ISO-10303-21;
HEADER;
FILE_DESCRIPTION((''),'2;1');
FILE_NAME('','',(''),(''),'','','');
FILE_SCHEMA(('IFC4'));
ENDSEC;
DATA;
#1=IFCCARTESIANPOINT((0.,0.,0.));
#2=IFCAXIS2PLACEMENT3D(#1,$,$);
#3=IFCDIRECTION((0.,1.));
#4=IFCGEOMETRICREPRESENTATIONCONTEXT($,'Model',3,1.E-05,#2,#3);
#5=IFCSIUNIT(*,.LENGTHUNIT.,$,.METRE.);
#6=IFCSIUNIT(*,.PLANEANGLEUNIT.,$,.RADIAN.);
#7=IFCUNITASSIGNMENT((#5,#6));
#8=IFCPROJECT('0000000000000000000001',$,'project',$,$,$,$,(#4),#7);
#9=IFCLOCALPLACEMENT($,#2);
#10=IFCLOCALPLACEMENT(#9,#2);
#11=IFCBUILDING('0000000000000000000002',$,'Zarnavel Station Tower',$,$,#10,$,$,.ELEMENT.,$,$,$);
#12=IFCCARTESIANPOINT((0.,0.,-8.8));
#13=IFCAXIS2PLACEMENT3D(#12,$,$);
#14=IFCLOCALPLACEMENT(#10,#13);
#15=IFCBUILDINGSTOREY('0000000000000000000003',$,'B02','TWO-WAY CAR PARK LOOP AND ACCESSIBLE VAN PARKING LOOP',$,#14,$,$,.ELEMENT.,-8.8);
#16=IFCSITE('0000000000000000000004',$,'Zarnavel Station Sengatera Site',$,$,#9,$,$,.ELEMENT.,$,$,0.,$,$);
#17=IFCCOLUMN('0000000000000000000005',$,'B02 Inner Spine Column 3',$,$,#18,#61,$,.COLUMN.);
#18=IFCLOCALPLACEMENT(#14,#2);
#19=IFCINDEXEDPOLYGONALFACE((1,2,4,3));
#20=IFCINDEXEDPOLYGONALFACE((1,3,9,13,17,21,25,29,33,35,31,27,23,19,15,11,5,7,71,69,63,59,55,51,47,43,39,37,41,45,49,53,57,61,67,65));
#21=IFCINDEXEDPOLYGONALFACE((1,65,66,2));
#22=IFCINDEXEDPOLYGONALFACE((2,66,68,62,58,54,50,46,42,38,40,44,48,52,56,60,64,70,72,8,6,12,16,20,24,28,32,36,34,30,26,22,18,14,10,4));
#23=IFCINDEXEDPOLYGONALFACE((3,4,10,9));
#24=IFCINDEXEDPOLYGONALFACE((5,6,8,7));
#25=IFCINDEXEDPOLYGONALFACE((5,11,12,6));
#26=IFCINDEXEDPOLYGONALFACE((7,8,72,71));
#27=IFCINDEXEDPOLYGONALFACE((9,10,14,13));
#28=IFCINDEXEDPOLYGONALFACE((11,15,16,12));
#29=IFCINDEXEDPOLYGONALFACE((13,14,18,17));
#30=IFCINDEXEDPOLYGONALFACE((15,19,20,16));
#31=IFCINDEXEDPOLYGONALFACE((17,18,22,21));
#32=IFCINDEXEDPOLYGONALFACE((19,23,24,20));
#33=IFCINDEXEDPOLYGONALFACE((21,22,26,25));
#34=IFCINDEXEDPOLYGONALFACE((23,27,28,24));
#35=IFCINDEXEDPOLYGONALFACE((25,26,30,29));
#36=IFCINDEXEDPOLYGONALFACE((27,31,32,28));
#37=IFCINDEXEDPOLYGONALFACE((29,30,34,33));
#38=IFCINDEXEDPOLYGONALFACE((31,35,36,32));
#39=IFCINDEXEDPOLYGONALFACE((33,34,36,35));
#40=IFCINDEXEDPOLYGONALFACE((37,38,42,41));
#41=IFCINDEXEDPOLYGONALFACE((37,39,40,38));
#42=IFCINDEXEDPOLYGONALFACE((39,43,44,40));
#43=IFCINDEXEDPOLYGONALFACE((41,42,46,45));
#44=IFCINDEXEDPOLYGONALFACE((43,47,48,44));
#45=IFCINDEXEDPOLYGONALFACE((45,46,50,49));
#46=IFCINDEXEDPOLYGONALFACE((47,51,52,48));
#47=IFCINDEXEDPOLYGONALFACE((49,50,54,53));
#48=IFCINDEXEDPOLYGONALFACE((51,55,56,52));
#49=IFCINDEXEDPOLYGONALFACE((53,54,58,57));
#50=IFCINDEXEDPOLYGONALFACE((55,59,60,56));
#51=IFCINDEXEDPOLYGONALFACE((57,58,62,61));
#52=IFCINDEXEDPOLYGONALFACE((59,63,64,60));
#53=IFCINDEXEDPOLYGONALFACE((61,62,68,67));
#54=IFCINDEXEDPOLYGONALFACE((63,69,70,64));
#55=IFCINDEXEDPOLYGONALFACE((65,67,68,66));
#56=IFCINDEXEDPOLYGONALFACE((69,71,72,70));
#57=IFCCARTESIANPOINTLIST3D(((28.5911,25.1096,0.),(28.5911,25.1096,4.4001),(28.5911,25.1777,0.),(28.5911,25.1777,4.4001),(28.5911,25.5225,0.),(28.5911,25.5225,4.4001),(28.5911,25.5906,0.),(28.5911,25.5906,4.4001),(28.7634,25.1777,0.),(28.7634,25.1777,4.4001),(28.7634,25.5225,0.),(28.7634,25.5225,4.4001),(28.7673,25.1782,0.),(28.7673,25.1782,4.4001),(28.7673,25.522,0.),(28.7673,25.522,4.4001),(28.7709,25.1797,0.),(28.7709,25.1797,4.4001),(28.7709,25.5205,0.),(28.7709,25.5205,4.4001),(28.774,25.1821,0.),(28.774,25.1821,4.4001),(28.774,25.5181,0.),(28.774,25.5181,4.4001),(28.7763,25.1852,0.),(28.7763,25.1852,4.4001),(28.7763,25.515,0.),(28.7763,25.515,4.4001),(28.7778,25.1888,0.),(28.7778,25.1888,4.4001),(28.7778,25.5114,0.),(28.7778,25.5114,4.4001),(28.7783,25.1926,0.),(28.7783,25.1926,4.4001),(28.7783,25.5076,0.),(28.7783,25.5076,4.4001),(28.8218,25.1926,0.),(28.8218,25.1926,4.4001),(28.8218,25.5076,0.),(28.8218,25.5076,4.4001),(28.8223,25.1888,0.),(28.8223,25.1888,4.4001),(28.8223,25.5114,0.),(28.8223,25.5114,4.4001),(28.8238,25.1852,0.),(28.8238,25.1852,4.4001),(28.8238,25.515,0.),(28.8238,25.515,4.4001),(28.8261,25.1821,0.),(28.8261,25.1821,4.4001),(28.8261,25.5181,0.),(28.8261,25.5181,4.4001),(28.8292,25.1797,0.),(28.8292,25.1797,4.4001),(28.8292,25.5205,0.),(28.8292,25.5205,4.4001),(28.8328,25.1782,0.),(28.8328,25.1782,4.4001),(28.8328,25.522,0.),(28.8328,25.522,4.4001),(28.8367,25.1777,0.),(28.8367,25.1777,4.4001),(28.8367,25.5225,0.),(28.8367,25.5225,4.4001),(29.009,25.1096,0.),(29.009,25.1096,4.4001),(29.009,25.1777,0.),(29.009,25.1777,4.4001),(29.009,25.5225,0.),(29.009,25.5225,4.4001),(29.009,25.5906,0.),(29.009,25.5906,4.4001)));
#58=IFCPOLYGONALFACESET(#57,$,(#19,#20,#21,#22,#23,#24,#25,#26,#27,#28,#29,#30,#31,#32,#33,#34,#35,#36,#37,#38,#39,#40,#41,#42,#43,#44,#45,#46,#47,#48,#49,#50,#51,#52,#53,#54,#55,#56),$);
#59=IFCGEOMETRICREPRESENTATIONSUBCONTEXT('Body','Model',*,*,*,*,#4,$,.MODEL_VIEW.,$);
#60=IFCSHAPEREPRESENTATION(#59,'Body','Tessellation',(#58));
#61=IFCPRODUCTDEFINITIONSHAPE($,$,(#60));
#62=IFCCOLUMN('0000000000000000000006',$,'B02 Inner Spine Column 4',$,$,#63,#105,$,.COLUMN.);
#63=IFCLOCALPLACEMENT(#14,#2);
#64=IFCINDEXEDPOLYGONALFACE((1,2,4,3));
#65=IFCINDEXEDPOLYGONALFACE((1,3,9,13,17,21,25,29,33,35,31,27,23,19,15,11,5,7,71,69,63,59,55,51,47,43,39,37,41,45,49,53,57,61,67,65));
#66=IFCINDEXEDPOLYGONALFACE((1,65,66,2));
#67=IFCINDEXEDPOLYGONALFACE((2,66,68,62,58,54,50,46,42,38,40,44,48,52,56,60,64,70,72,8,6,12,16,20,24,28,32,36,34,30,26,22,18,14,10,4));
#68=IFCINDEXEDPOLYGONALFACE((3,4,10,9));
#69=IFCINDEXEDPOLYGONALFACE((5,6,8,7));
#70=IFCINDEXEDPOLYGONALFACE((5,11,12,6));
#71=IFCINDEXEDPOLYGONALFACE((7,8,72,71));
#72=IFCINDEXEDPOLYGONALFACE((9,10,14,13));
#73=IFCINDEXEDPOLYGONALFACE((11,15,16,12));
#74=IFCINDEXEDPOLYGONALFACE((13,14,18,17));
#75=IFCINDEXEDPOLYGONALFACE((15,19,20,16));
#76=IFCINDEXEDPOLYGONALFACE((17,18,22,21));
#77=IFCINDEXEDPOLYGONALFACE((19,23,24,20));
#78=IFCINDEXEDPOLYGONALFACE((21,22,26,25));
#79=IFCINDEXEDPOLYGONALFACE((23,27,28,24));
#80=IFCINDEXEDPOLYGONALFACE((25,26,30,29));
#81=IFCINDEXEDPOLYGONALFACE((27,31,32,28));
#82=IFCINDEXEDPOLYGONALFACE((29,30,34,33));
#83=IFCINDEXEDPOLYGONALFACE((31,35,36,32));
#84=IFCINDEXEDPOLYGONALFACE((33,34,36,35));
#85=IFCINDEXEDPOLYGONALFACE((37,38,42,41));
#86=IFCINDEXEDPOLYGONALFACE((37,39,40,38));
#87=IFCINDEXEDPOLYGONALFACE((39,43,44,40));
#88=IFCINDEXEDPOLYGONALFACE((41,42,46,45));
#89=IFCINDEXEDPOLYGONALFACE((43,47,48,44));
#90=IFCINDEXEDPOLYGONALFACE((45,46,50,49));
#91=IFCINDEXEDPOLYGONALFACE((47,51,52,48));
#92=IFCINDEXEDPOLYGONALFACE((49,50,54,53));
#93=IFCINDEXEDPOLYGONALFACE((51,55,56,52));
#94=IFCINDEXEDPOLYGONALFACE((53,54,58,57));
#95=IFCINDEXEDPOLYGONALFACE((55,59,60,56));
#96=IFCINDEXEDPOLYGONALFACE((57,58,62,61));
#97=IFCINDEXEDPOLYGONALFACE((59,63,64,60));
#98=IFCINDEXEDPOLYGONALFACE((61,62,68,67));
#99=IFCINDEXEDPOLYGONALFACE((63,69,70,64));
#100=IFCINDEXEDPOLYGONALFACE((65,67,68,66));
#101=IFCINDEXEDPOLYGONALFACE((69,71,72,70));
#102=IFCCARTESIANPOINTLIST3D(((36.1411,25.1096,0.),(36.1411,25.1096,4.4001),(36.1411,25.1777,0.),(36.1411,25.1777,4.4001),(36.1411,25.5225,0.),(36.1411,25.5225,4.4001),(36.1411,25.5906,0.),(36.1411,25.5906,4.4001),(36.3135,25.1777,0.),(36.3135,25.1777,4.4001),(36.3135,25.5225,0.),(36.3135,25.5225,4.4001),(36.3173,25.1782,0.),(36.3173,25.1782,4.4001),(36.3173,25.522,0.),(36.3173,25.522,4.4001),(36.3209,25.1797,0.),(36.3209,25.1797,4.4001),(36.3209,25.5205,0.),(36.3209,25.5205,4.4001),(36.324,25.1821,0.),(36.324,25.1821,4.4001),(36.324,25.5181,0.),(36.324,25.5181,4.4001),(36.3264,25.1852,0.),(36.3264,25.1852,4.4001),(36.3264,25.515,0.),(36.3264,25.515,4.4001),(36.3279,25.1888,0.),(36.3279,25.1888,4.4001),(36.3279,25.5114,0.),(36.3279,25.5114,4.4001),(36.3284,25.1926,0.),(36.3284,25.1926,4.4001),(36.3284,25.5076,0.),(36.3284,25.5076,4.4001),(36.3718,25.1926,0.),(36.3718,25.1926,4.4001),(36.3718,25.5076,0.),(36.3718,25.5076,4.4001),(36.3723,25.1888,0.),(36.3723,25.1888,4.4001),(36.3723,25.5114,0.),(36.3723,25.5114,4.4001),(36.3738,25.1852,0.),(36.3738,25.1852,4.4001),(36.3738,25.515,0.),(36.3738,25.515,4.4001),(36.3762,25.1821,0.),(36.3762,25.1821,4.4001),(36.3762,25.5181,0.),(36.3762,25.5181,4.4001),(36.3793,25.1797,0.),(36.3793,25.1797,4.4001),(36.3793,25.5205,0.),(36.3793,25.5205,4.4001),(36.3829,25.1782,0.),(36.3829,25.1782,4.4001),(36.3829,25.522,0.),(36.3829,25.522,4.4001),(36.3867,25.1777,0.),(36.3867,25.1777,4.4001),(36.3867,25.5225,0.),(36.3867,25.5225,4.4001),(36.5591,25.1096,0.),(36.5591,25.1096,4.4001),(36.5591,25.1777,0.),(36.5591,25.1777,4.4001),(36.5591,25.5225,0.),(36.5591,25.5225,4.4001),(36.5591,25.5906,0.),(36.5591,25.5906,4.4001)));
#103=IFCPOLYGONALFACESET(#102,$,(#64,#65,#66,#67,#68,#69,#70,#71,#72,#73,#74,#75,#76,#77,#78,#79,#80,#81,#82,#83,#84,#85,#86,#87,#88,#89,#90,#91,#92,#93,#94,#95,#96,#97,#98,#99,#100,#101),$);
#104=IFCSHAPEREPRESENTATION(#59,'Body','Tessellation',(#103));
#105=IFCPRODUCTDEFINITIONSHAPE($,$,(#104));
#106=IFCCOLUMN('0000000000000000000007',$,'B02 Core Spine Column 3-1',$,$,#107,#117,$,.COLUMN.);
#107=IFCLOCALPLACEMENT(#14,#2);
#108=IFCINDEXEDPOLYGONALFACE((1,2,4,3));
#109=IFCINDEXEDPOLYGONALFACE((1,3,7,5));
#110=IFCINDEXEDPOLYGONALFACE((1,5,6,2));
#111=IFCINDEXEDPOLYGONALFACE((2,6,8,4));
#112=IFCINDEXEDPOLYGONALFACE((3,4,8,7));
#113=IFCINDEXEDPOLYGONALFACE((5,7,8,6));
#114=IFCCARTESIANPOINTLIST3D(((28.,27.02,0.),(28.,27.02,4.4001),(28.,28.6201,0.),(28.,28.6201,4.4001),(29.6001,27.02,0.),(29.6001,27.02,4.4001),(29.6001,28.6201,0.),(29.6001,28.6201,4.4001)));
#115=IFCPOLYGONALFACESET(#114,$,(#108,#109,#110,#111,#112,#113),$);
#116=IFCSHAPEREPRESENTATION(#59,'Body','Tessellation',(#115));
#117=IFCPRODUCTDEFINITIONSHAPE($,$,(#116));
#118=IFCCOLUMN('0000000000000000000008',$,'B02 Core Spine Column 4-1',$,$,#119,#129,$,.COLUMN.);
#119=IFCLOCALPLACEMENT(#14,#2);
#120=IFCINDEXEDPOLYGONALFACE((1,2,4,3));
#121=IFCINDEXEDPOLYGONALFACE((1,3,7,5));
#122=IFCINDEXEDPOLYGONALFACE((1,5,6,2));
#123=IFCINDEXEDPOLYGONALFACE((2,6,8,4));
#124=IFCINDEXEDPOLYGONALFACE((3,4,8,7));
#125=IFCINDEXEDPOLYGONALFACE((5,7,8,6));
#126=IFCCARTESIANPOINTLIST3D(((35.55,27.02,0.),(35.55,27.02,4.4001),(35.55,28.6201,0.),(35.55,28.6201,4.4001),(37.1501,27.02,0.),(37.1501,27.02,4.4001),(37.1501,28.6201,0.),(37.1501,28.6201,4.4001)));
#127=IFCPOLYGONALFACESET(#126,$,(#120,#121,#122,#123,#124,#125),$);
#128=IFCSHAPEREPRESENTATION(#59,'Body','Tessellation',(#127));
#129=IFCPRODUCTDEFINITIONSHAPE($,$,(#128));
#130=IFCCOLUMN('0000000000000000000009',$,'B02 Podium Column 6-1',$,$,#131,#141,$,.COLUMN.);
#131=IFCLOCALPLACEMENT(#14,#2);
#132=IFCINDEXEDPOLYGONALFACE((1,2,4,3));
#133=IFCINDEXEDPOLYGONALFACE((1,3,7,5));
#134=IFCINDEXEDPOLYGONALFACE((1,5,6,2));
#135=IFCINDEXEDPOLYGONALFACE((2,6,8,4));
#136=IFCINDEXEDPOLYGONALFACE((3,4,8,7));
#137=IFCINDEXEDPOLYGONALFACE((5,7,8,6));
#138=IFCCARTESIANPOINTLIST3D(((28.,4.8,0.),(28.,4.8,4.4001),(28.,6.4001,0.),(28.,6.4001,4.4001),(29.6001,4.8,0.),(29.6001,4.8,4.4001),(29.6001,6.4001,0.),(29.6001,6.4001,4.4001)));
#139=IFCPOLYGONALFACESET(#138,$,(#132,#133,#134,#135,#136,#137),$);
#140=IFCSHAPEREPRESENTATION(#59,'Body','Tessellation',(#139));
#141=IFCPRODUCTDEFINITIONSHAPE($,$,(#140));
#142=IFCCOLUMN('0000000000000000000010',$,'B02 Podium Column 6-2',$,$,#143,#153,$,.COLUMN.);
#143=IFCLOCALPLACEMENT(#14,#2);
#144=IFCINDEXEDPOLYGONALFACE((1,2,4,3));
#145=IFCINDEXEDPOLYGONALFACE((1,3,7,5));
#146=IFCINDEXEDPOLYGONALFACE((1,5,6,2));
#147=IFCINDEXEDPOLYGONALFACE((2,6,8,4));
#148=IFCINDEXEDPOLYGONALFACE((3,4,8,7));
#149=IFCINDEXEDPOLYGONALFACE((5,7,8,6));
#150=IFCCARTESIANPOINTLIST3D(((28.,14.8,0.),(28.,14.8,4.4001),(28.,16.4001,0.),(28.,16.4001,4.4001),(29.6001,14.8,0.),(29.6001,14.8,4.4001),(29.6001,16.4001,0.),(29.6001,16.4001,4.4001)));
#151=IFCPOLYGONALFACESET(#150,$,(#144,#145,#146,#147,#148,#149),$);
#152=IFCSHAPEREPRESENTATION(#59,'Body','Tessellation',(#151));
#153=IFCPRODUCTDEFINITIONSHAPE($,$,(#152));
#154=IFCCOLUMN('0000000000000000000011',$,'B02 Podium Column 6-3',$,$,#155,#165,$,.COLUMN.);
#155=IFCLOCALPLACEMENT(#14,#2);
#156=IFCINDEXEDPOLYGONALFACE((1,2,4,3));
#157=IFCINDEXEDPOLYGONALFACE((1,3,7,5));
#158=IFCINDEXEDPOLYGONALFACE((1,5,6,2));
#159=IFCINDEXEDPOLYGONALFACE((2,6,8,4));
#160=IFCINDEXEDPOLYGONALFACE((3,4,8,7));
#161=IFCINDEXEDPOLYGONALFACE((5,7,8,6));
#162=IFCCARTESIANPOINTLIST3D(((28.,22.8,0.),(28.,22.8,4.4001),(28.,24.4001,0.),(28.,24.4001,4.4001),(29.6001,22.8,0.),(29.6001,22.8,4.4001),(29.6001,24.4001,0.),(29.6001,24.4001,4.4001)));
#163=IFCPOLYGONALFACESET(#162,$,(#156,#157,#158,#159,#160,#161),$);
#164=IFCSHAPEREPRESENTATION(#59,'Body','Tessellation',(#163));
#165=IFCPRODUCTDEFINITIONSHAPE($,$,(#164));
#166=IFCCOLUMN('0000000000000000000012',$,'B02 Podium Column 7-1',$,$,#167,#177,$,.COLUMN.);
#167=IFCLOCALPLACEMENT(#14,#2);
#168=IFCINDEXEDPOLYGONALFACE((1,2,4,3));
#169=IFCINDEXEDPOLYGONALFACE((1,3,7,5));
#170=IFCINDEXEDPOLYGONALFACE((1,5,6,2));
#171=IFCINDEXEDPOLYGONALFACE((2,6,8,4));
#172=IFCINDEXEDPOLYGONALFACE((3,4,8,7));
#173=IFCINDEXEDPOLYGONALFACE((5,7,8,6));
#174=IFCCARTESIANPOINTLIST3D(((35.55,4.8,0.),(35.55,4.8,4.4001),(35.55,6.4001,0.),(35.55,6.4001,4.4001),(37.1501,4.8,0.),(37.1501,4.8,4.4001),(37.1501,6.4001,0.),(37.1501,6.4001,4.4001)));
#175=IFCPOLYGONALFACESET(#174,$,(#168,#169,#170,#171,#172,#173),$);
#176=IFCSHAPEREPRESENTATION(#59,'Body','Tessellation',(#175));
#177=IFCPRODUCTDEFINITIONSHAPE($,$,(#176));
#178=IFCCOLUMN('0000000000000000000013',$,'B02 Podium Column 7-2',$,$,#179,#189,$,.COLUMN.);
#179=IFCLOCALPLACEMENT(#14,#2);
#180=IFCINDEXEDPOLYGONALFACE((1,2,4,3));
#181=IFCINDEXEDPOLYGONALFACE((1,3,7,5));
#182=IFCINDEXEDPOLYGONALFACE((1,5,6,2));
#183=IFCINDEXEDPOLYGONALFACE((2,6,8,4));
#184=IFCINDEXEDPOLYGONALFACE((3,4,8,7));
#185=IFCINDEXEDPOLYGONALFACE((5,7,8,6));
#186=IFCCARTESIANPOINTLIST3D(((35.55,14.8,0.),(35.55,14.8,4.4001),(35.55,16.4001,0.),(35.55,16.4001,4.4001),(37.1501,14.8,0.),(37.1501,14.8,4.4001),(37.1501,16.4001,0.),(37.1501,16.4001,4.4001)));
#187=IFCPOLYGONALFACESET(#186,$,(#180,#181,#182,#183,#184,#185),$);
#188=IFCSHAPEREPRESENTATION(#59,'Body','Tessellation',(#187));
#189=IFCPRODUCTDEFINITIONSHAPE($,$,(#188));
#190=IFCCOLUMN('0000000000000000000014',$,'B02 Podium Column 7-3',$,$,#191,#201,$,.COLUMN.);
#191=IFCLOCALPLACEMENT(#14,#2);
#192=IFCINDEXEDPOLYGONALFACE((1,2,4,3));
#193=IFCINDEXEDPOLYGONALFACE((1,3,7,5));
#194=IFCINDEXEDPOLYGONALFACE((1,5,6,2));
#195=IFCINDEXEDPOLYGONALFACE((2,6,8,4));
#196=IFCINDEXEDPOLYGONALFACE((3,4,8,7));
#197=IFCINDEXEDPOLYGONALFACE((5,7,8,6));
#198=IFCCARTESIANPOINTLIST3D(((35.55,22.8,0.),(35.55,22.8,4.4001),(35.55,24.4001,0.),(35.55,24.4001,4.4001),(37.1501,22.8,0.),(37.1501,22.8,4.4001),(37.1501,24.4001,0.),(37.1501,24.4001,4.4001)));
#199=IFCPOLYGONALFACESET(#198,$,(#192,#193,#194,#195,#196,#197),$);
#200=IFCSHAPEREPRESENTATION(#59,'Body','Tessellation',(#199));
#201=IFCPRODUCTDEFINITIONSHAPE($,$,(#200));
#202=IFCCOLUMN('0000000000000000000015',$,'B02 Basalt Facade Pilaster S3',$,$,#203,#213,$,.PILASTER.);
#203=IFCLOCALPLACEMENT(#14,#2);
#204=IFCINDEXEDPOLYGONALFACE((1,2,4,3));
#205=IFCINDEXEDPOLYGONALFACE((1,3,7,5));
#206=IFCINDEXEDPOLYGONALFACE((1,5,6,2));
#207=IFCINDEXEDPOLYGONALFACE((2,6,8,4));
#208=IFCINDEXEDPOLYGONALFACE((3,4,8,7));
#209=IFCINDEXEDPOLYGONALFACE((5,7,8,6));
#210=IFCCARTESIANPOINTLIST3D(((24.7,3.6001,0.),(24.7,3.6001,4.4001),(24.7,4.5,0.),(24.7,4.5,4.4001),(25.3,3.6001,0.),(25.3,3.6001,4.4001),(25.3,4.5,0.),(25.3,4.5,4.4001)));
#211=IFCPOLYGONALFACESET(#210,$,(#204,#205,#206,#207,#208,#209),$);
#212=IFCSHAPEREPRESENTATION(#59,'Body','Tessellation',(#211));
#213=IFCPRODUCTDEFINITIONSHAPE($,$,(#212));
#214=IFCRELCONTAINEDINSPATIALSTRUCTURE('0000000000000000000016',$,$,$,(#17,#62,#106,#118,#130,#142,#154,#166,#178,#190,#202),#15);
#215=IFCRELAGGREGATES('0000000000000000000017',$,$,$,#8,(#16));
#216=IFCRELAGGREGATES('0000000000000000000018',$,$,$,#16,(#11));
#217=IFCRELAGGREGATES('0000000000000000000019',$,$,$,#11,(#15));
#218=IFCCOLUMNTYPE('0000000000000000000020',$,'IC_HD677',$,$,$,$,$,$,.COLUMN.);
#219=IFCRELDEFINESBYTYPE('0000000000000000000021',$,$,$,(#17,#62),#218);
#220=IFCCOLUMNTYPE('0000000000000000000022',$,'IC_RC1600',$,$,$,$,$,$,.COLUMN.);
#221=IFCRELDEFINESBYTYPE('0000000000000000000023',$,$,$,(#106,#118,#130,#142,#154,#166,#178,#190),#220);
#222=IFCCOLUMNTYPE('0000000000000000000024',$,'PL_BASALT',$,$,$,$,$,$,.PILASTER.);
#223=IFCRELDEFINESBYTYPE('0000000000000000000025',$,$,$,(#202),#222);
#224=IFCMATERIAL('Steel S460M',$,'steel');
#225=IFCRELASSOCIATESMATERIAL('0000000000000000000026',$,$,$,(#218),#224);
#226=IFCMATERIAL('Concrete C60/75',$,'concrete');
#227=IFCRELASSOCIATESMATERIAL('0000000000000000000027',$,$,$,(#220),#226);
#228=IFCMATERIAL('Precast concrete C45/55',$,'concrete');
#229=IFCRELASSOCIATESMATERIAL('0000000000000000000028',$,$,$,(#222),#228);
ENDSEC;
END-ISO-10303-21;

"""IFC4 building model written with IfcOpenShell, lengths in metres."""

from ifc_helpers import new_model, si_unit, direction, frame, origin, origin_2d, place, context, subcontext, project, spatial, rectangle, i_section, extrude, material, material_profile, profile_set, type_object, element, save


model = new_model("IFC4")

# Units and contexts
model_context = context("Model", 3, precision=1e-05, world=origin(), true_north=direction((0.0, 1.0)))
body_context = subcontext(model_context, "Body", "Model", "MODEL_VIEW")
ifc_project = project(units=[si_unit("LENGTHUNIT", "METRE"), si_unit("PLANEANGLEUNIT", "RADIAN")], contexts=[model_context])

# Site, building, storey
site_placement = place(None, origin())
site = spatial("IfcSite", under=ifc_project, at=site_placement, Name="Zarnavel Station Sengatera Site", CompositionType="ELEMENT", RefElevation=0.0)
building_placement = place(site_placement, origin())
building = spatial("IfcBuilding", under=site, at=building_placement, Name="Zarnavel Station Tower", CompositionType="ELEMENT")
storey_placement = place(building_placement, frame((0.0, 0.0, -8.8)))
storey = spatial("IfcBuildingStorey", under=building, at=storey_placement, Name="B02", Description="TWO-WAY CAR PARK LOOP AND ACCESSIBLE VAN PARKING LOOP", CompositionType="ELEMENT", Elevation=-8.8)

# Columns
ifc_material_1 = material(Name="Steel S460M", Category="steel")
ifc_material_profile_1 = material_profile(ifc_material_1, i_section(OverallWidth=0.418, OverallDepth=0.481, WebThickness=0.0435, FlangeThickness=0.0681, FilletRadius=0.0149, at=origin_2d()), Name="HD400x677")
ifc_profile_set_1 = profile_set([ifc_material_profile_1], Name="Steel S460M")
column_type_1 = type_object("IfcColumnType", Name="IC_HD677", PredefinedType="COLUMN", material=ifc_profile_set_1)
for number, where, z_axis, x_axis, name in (
    (1, (28.8, 25.3501, 0.0), (0.0, 0.0, 1.0), (1.0, 0.0, 0.0), "B02 Inner Spine Column 3"),
    (2, (36.3501, 25.3501, 0.0), (0.0, 0.0, 1.0), (1.0, 0.0, 0.0), "B02 Inner Spine Column 4"),
):
    element("IfcColumn", number, at=place(storey_placement, frame(where, z_axis=z_axis, x_axis=x_axis)), inside=storey, type_object=column_type_1, Name=name, PredefinedType="COLUMN", context=body_context, shape_type="SweptSolid", body=[
        extrude(i_section(OverallWidth=0.418, OverallDepth=0.481, WebThickness=0.0435, FlangeThickness=0.0681, FilletRadius=0.0149, at=origin_2d()), origin(), (0.0, 0.0, 1.0), 4.4001),
    ])
ifc_material_2 = material(Name="Concrete C60/75", Category="concrete")
ifc_material_profile_2 = material_profile(ifc_material_2, rectangle(XDim=1.6001, YDim=1.6001, at=origin_2d()), Name="RC1600x1600")
ifc_profile_set_2 = profile_set([ifc_material_profile_2], Name="Concrete C60/75")
column_type_2 = type_object("IfcColumnType", Name="IC_RC1600", PredefinedType="COLUMN", material=ifc_profile_set_2)
for number, where, z_axis, x_axis, name in (
    (3, (28.8, 27.8201, 0.0), (0.0, 0.0, 1.0), (1.0, 0.0, 0.0), "B02 Core Spine Column 3-1"),
    (4, (36.3501, 27.8201, 0.0), (0.0, 0.0, 1.0), (1.0, 0.0, 0.0), "B02 Core Spine Column 4-1"),
    (5, (28.8, 5.6001, 0.0), (0.0, 0.0, 1.0), (1.0, 0.0, 0.0), "B02 Podium Column 6-1"),
    (6, (28.8, 15.6001, 0.0), (0.0, 0.0, 1.0), (1.0, 0.0, 0.0), "B02 Podium Column 6-2"),
    (7, (28.8, 23.6001, 0.0), (0.0, 0.0, 1.0), (1.0, 0.0, 0.0), "B02 Podium Column 6-3"),
    (8, (36.3501, 5.6001, 0.0), (0.0, 0.0, 1.0), (1.0, 0.0, 0.0), "B02 Podium Column 7-1"),
    (9, (36.3501, 15.6001, 0.0), (0.0, 0.0, 1.0), (1.0, 0.0, 0.0), "B02 Podium Column 7-2"),
    (10, (36.3501, 23.6001, 0.0), (0.0, 0.0, 1.0), (1.0, 0.0, 0.0), "B02 Podium Column 7-3"),
):
    element("IfcColumn", number, at=place(storey_placement, frame(where, z_axis=z_axis, x_axis=x_axis)), inside=storey, type_object=column_type_2, Name=name, PredefinedType="COLUMN", context=body_context, shape_type="SweptSolid", body=[
        extrude(rectangle(XDim=1.6001, YDim=1.6001, at=origin_2d()), origin(), (0.0, 0.0, 1.0), 4.4001),
    ])
ifc_material_3 = material(Name="Precast concrete C45/55", Category="concrete")
ifc_material_profile_3 = material_profile(ifc_material_3, rectangle(XDim=0.6001, YDim=0.8999, at=origin_2d()), Name="RC600x900")
ifc_profile_set_3 = profile_set([ifc_material_profile_3], Name="Precast concrete C45/55")
column_type_3 = type_object("IfcColumnType", Name="PL_BASALT", PredefinedType="PILASTER", material=ifc_profile_set_3)
for number, where, z_axis, x_axis, name in (
    (11, (25.0, 4.05, 0.0), (0.0, 0.0, 1.0), (1.0, 0.0, 0.0), "B02 Basalt Facade Pilaster S3"),
):
    element("IfcColumn", number, at=place(storey_placement, frame(where, z_axis=z_axis, x_axis=x_axis)), inside=storey, type_object=column_type_3, Name=name, PredefinedType="PILASTER", context=body_context, shape_type="SweptSolid", body=[
        extrude(rectangle(XDim=0.6001, YDim=0.8999, at=origin_2d()), origin(), (0.0, 0.0, 1.0), 4.4001),
    ])

save(model, "model.ifc")
